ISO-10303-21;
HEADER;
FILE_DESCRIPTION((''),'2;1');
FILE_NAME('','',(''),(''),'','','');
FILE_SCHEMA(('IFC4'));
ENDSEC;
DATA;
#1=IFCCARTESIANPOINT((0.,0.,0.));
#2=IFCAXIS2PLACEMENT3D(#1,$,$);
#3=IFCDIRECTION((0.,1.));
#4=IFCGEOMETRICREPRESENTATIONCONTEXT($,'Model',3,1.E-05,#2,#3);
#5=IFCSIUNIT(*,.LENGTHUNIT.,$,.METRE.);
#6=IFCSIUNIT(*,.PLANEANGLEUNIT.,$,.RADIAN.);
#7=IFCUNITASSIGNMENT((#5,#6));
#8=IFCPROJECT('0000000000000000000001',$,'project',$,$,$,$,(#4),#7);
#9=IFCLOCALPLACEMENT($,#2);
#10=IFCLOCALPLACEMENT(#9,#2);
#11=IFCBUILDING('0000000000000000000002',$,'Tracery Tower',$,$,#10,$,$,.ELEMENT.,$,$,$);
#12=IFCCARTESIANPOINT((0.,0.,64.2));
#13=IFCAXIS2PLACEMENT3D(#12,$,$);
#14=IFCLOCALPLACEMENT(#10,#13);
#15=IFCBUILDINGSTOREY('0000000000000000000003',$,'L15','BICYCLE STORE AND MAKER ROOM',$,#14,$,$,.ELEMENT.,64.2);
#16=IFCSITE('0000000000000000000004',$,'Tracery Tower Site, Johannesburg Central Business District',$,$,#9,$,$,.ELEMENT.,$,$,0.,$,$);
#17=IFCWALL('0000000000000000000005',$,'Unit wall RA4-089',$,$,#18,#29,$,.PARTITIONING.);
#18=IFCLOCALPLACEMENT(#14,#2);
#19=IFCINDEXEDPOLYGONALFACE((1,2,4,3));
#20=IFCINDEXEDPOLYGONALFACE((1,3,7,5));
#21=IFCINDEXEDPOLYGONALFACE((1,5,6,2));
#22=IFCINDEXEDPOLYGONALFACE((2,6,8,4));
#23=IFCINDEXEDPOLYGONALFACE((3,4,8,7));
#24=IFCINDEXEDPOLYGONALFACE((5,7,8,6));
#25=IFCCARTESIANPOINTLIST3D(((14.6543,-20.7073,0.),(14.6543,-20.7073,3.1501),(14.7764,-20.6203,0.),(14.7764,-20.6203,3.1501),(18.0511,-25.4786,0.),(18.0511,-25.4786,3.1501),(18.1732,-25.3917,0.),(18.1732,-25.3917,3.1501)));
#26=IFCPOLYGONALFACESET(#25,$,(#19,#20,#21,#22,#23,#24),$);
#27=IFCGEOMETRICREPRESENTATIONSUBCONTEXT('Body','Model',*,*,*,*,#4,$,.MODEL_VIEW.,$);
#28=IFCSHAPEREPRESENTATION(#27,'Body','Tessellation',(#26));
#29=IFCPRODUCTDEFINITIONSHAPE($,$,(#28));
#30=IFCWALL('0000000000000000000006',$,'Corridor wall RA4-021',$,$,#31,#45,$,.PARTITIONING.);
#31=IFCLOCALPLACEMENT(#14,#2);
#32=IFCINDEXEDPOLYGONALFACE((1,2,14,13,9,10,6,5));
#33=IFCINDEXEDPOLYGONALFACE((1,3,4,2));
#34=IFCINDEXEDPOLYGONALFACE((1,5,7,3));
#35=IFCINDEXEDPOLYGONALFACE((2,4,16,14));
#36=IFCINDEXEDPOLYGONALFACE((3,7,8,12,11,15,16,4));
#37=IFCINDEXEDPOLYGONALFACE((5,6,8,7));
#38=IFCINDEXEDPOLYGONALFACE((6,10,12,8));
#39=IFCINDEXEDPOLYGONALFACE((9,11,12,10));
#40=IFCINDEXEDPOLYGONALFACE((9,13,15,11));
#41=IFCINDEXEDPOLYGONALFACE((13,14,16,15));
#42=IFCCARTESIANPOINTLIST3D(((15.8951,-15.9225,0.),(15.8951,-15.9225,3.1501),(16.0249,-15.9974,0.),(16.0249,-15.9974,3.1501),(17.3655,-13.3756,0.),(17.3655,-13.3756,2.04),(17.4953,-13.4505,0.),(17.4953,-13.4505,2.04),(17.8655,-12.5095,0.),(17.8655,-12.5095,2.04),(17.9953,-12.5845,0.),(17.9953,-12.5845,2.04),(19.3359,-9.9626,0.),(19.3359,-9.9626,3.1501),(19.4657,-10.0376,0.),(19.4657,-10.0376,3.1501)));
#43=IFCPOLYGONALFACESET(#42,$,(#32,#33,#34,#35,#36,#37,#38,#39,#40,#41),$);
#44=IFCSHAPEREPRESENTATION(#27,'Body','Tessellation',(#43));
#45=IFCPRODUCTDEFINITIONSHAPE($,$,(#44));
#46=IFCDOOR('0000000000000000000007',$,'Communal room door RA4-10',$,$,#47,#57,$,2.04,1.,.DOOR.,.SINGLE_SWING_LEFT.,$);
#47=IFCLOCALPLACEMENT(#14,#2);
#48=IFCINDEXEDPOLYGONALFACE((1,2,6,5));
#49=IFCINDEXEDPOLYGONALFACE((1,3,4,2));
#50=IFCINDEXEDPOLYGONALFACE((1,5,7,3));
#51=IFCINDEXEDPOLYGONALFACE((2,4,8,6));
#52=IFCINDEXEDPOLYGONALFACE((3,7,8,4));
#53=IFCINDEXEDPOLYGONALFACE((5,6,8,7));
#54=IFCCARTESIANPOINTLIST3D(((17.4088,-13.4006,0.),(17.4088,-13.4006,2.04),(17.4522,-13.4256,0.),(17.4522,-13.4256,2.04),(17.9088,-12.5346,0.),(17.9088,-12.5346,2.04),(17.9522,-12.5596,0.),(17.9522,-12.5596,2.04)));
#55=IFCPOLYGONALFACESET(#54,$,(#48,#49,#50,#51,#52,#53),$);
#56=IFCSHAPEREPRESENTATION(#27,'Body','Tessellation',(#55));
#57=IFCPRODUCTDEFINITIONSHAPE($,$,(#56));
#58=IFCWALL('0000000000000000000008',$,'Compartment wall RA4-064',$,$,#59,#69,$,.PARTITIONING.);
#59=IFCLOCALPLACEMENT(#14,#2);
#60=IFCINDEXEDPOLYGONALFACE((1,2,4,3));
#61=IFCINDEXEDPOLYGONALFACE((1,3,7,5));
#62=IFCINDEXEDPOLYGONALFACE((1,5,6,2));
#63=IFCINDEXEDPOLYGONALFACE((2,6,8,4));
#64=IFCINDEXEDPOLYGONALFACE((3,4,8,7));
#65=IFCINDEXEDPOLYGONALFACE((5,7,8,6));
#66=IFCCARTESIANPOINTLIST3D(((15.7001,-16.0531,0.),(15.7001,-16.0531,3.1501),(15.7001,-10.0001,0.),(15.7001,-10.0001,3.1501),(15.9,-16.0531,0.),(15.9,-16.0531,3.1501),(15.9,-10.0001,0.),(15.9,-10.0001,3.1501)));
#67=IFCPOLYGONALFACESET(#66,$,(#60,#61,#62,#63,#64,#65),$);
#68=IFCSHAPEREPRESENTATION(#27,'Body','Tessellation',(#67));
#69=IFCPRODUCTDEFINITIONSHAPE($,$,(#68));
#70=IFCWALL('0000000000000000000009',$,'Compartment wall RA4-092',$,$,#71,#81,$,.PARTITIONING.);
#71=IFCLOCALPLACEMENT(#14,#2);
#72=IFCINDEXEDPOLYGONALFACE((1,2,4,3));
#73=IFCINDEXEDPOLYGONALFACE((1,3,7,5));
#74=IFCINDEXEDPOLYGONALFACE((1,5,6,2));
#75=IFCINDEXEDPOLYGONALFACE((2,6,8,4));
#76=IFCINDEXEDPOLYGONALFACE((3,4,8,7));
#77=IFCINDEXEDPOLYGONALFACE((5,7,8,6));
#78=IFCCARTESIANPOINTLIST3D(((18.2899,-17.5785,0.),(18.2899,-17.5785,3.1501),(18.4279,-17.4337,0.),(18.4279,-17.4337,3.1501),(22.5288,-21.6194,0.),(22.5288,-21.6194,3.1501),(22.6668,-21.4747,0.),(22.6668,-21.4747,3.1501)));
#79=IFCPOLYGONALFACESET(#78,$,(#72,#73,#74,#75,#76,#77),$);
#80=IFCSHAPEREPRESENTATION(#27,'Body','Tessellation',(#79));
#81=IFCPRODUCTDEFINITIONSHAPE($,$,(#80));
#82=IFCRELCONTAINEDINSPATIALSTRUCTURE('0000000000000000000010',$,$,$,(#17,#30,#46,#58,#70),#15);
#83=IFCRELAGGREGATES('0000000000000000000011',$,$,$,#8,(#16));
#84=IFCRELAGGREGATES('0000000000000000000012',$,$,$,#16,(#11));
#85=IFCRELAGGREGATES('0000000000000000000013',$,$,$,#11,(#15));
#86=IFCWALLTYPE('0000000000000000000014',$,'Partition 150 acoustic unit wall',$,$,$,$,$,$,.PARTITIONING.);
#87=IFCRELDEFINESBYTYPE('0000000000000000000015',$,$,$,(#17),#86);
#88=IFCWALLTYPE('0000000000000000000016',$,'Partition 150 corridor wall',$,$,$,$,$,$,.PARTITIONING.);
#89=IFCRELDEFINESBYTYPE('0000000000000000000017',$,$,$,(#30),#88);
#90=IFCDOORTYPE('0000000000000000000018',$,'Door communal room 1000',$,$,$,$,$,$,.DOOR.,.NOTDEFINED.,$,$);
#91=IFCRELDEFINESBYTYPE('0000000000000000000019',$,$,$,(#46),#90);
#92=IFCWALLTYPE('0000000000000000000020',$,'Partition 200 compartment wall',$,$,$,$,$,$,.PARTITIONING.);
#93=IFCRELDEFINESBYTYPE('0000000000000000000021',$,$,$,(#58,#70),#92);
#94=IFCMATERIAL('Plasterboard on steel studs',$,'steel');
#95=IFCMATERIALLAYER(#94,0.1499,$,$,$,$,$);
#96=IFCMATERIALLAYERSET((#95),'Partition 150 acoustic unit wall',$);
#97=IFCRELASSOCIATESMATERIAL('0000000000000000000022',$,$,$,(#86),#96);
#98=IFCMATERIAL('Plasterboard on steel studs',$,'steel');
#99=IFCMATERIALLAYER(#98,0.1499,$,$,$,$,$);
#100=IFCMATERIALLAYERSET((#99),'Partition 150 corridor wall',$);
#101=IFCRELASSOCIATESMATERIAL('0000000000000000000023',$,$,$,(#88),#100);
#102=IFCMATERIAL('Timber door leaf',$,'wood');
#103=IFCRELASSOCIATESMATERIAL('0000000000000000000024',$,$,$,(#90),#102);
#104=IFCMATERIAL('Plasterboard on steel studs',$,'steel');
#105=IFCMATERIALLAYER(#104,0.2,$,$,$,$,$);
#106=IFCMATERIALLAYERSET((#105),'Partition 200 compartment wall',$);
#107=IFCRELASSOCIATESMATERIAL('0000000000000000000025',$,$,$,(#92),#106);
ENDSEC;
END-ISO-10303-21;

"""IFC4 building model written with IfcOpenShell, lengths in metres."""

from ifc_helpers import new_model, si_unit, direction, frame, frame_2d, origin, place, context, subcontext, project, spatial, rectangle, extrude, material, layer, layer_set, type_object, element, fill, save


model = new_model("IFC4")

# Units and contexts
model_context = context("Model", 3, precision=1e-05, world=origin(), true_north=direction((0.0, 1.0)))
body_context = subcontext(model_context, "Body", "Model", "MODEL_VIEW")
ifc_project = project(units=[si_unit("LENGTHUNIT", "METRE"), si_unit("PLANEANGLEUNIT", "RADIAN")], contexts=[model_context])

# Site, building, storey
site_placement = place(None, origin())
site = spatial("IfcSite", under=ifc_project, at=site_placement, Name="Tracery Tower Site, Johannesburg Central Business District", CompositionType="ELEMENT", RefElevation=0.0)
building_placement = place(site_placement, origin())
building = spatial("IfcBuilding", under=site, at=building_placement, Name="Tracery Tower", CompositionType="ELEMENT")
storey_placement = place(building_placement, frame((0.0, 0.0, 64.2)))
storey = spatial("IfcBuildingStorey", under=building, at=storey_placement, Name="L15", Description="BICYCLE STORE AND MAKER ROOM", CompositionType="ELEMENT", Elevation=64.2)

# Wall
ifc_material_1 = material(Name="Plasterboard on steel studs", Category="steel")
ifc_layer_1 = layer(ifc_material_1, 0.1499)
ifc_layer_set_1 = layer_set([ifc_layer_1], Name="Partition 150 acoustic unit wall")
wall_type_1 = type_object("IfcWallType", Name="Partition 150 acoustic unit wall", PredefinedType="PARTITIONING", material=ifc_layer_set_1)
wall_1_placement = place(storey_placement, frame((14.7153, -20.6638, 0.0), z_axis=(0.0, 0.0, 1.0), x_axis=(0.57996, -0.814645, 0.0)))
element("IfcWall", 1, at=wall_1_placement, inside=storey, type_object=wall_type_1, Name="Unit wall RA4-089", PredefinedType="PARTITIONING", context=body_context, shape_type="SweptSolid", body=[
    extrude(rectangle(XDim=5.8569, YDim=0.1499, at=frame_2d((2.9285, 0.0))), origin(), (0.0, 0.0, 1.0), 3.1501),
])

# Wall, opening, door
ifc_material_2 = material(Name="Plasterboard on steel studs", Category="steel")
ifc_layer_2 = layer(ifc_material_2, 0.1499)
ifc_layer_set_2 = layer_set([ifc_layer_2], Name="Partition 150 corridor wall")
wall_type_2 = type_object("IfcWallType", Name="Partition 150 corridor wall", PredefinedType="PARTITIONING", material=ifc_layer_set_2)
wall_2_placement = place(storey_placement, frame((15.96, -15.96, 0.0), z_axis=(0.0, 0.0, 1.0), x_axis=(0.499993, 0.86603, 0.0)))
wall_2 = element("IfcWall", 2, at=wall_2_placement, inside=storey, type_object=wall_type_2, Name="Corridor wall RA4-021", PredefinedType="PARTITIONING", context=body_context, shape_type="SweptSolid", body=[
    extrude(rectangle(XDim=6.8818, YDim=0.1499, at=frame_2d((3.4409, 0.0))), origin(), (0.0, 0.0, 1.0), 3.1501),
])
opening_1_placement = place(wall_2_placement, frame((2.9409, 0.0, 0.0)))
opening_1 = element("IfcOpeningElement", 3, at=opening_1_placement, cuts=wall_2, PredefinedType="OPENING", context=body_context, shape_type="SweptSolid", body=[
    extrude(rectangle(XDim=1.0, YDim=2.04, at=frame_2d((0.5, 1.02))), frame((0.0, 0.075, 0.0), z_axis=(0.0, -1.0, 0.0), x_axis=(1.0, 0.0, 0.0)), (0.0, 0.0, 1.0), 0.1499),
])
ifc_material_3 = material(Name="Timber door leaf", Category="wood")
door_type_1 = type_object("IfcDoorType", Name="Door communal room 1000", OperationType="NOTDEFINED", PredefinedType="DOOR", material=ifc_material_3)
door_1_placement = place(opening_1_placement, origin())
door_1 = element("IfcDoor", 4, at=door_1_placement, inside=storey, type_object=door_type_1, Name="Communal room door RA4-10", OperationType="SINGLE_SWING_LEFT", OverallHeight=2.04, OverallWidth=1.0, PredefinedType="DOOR", context=body_context, shape_type="SweptSolid", body=[
    extrude(rectangle(XDim=1.0, YDim=2.04, at=frame_2d((0.5, 1.02))), frame((0.0, 0.0249, 0.0), z_axis=(0.0, -1.0, 0.0), x_axis=(1.0, 0.0, 0.0)), (0.0, 0.0, 1.0), 0.05),
])
fill(opening_1, door_1)

# Walls
ifc_material_4 = material(Name="Plasterboard on steel studs", Category="steel")
ifc_layer_3 = layer(ifc_material_4, 0.2)
ifc_layer_set_3 = layer_set([ifc_layer_3], Name="Partition 200 compartment wall")
wall_type_3 = type_object("IfcWallType", Name="Partition 200 compartment wall", PredefinedType="PARTITIONING", material=ifc_layer_set_3)
wall_3_placement = place(storey_placement, frame((15.8, -16.053, 0.0), z_axis=(0.0, 0.0, 1.0), x_axis=(0.0, 1.0, 0.0)))
element("IfcWall", 5, at=wall_3_placement, inside=storey, type_object=wall_type_3, Name="Compartment wall RA4-064", PredefinedType="PARTITIONING", context=body_context, shape_type="SweptSolid", body=[
    extrude(rectangle(XDim=6.053, YDim=0.2, at=frame_2d((3.0264, 0.0))), origin(), (0.0, 0.0, 1.0), 3.1501),
])
wall_4_placement = place(storey_placement, frame((18.3589, -17.5061, 0.0), z_axis=(0.0, 0.0, 1.0), x_axis=(0.723809, -0.690001, 0.0)))
element("IfcWall", 6, at=wall_4_placement, inside=storey, type_object=wall_type_3, Name="Compartment wall RA4-092", PredefinedType="PARTITIONING", context=body_context, shape_type="SweptSolid", body=[
    extrude(rectangle(XDim=5.8564, YDim=0.2, at=frame_2d((2.9282, 0.0))), origin(), (0.0, 0.0, 1.0), 3.1501),
])

save(model, "model.ifc")
